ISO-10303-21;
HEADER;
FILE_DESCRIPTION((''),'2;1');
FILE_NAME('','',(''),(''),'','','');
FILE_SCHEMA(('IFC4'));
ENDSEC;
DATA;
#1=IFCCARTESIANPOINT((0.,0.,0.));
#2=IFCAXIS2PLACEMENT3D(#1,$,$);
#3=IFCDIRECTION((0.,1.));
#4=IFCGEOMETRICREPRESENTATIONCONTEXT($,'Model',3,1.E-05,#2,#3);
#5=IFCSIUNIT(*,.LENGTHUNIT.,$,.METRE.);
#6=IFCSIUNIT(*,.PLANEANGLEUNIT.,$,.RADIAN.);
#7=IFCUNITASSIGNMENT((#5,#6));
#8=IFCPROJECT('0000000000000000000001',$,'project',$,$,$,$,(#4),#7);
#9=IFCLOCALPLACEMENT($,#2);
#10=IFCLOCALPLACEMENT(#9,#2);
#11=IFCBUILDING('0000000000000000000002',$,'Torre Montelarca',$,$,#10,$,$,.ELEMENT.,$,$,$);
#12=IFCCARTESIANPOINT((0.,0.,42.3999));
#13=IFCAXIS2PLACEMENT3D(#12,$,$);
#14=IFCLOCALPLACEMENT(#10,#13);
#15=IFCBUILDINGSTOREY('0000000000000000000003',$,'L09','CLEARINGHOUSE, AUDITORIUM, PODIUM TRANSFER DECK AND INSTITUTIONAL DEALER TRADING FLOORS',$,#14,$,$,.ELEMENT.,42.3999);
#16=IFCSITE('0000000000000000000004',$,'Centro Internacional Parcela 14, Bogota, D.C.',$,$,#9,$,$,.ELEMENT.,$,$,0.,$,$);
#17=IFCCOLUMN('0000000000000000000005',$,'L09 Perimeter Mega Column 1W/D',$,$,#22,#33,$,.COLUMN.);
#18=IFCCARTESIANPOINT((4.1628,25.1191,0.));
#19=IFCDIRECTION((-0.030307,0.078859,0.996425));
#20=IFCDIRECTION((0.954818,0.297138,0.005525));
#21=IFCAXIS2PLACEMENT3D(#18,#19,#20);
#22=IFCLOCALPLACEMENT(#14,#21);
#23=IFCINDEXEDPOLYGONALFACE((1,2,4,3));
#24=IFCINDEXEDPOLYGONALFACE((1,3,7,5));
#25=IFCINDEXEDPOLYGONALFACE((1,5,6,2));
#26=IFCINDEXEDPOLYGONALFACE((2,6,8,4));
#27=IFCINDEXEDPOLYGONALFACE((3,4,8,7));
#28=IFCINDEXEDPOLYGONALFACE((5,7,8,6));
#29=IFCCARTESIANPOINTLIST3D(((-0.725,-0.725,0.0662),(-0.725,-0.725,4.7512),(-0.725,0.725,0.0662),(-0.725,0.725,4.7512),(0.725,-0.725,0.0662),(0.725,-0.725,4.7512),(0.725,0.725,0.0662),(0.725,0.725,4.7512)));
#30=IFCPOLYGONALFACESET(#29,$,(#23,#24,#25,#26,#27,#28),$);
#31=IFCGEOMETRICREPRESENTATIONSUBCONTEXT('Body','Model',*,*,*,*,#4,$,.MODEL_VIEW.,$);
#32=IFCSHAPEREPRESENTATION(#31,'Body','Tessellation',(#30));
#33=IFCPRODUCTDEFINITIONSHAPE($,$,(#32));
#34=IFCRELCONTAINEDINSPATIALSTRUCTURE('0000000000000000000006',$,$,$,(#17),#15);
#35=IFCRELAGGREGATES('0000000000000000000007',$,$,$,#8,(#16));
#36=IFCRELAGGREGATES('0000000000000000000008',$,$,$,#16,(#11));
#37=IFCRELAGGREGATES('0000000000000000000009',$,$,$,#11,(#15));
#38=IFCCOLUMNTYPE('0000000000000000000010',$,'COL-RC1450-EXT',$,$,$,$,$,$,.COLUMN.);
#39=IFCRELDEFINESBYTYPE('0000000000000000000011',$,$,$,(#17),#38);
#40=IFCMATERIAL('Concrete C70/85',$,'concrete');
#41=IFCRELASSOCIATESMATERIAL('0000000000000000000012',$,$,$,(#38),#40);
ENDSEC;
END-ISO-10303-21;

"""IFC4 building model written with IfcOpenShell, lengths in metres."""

from ifc_helpers import new_model, si_unit, direction, frame, origin, origin_2d, place, context, subcontext, project, spatial, rectangle, extrude, clip, halfspace, material, material_profile, profile_set, type_object, element, save


model = new_model("IFC4")

# Units and contexts
model_context = context("Model", 3, precision=1e-05, world=origin(), true_north=direction((0.0, 1.0)))
body_context = subcontext(model_context, "Body", "Model", "MODEL_VIEW")
ifc_project = project(units=[si_unit("LENGTHUNIT", "METRE"), si_unit("PLANEANGLEUNIT", "RADIAN")], contexts=[model_context])

# Site, building, storey
site_placement = place(None, origin())
site = spatial("IfcSite", under=ifc_project, at=site_placement, Name="Centro Internacional Parcela 14, Bogota, D.C.", CompositionType="ELEMENT", RefElevation=0.0)
building_placement = place(site_placement, origin())
building = spatial("IfcBuilding", under=site, at=building_placement, Name="Torre Montelarca", CompositionType="ELEMENT")
storey_placement = place(building_placement, frame((0.0, 0.0, 42.3999)))
storey = spatial("IfcBuildingStorey", under=building, at=storey_placement, Name="L09", Description="CLEARINGHOUSE, AUDITORIUM, PODIUM TRANSFER DECK AND INSTITUTIONAL DEALER TRADING FLOORS", CompositionType="ELEMENT", Elevation=42.3999)

# Column
ifc_material_1 = material(Name="Concrete C70/85", Category="concrete")
ifc_material_profile_1 = material_profile(ifc_material_1, rectangle(XDim=1.45, YDim=1.45, at=origin_2d()), Name="RC1450X1450", Category="concrete")
ifc_profile_set_1 = profile_set([ifc_material_profile_1], Name="Concrete C70/85")
column_type_1 = type_object("IfcColumnType", Name="COL-RC1450-EXT", PredefinedType="COLUMN", material=ifc_profile_set_1)
column_1_placement = place(storey_placement, frame((4.1628, 25.1191, 0.0), z_axis=(-0.030307, 0.078859, 0.996425), x_axis=(0.954818, 0.297138, 0.005525)))
element("IfcColumn", 1, at=column_1_placement, inside=storey, type_object=column_type_1, Name="L09 Perimeter Mega Column 1W/D", PredefinedType="COLUMN", context=body_context, shape_type="Clipping", body=[
    clip(clip(extrude(rectangle(XDim=1.45, YDim=1.45, at=origin_2d()), origin(), (0.0, 0.0, 1.0), 4.8174), halfspace(frame((0.0, 0.0, 0.0662), z_axis=(0.0, 0.0, -1.0), x_axis=(1.0, 0.0, 0.0)), False)), halfspace(frame((0.0, 0.0, 4.7512), z_axis=(0.0, 0.0, 1.0), x_axis=(1.0, 0.0, 0.0)), False)),
])

save(model, "model.ifc")
